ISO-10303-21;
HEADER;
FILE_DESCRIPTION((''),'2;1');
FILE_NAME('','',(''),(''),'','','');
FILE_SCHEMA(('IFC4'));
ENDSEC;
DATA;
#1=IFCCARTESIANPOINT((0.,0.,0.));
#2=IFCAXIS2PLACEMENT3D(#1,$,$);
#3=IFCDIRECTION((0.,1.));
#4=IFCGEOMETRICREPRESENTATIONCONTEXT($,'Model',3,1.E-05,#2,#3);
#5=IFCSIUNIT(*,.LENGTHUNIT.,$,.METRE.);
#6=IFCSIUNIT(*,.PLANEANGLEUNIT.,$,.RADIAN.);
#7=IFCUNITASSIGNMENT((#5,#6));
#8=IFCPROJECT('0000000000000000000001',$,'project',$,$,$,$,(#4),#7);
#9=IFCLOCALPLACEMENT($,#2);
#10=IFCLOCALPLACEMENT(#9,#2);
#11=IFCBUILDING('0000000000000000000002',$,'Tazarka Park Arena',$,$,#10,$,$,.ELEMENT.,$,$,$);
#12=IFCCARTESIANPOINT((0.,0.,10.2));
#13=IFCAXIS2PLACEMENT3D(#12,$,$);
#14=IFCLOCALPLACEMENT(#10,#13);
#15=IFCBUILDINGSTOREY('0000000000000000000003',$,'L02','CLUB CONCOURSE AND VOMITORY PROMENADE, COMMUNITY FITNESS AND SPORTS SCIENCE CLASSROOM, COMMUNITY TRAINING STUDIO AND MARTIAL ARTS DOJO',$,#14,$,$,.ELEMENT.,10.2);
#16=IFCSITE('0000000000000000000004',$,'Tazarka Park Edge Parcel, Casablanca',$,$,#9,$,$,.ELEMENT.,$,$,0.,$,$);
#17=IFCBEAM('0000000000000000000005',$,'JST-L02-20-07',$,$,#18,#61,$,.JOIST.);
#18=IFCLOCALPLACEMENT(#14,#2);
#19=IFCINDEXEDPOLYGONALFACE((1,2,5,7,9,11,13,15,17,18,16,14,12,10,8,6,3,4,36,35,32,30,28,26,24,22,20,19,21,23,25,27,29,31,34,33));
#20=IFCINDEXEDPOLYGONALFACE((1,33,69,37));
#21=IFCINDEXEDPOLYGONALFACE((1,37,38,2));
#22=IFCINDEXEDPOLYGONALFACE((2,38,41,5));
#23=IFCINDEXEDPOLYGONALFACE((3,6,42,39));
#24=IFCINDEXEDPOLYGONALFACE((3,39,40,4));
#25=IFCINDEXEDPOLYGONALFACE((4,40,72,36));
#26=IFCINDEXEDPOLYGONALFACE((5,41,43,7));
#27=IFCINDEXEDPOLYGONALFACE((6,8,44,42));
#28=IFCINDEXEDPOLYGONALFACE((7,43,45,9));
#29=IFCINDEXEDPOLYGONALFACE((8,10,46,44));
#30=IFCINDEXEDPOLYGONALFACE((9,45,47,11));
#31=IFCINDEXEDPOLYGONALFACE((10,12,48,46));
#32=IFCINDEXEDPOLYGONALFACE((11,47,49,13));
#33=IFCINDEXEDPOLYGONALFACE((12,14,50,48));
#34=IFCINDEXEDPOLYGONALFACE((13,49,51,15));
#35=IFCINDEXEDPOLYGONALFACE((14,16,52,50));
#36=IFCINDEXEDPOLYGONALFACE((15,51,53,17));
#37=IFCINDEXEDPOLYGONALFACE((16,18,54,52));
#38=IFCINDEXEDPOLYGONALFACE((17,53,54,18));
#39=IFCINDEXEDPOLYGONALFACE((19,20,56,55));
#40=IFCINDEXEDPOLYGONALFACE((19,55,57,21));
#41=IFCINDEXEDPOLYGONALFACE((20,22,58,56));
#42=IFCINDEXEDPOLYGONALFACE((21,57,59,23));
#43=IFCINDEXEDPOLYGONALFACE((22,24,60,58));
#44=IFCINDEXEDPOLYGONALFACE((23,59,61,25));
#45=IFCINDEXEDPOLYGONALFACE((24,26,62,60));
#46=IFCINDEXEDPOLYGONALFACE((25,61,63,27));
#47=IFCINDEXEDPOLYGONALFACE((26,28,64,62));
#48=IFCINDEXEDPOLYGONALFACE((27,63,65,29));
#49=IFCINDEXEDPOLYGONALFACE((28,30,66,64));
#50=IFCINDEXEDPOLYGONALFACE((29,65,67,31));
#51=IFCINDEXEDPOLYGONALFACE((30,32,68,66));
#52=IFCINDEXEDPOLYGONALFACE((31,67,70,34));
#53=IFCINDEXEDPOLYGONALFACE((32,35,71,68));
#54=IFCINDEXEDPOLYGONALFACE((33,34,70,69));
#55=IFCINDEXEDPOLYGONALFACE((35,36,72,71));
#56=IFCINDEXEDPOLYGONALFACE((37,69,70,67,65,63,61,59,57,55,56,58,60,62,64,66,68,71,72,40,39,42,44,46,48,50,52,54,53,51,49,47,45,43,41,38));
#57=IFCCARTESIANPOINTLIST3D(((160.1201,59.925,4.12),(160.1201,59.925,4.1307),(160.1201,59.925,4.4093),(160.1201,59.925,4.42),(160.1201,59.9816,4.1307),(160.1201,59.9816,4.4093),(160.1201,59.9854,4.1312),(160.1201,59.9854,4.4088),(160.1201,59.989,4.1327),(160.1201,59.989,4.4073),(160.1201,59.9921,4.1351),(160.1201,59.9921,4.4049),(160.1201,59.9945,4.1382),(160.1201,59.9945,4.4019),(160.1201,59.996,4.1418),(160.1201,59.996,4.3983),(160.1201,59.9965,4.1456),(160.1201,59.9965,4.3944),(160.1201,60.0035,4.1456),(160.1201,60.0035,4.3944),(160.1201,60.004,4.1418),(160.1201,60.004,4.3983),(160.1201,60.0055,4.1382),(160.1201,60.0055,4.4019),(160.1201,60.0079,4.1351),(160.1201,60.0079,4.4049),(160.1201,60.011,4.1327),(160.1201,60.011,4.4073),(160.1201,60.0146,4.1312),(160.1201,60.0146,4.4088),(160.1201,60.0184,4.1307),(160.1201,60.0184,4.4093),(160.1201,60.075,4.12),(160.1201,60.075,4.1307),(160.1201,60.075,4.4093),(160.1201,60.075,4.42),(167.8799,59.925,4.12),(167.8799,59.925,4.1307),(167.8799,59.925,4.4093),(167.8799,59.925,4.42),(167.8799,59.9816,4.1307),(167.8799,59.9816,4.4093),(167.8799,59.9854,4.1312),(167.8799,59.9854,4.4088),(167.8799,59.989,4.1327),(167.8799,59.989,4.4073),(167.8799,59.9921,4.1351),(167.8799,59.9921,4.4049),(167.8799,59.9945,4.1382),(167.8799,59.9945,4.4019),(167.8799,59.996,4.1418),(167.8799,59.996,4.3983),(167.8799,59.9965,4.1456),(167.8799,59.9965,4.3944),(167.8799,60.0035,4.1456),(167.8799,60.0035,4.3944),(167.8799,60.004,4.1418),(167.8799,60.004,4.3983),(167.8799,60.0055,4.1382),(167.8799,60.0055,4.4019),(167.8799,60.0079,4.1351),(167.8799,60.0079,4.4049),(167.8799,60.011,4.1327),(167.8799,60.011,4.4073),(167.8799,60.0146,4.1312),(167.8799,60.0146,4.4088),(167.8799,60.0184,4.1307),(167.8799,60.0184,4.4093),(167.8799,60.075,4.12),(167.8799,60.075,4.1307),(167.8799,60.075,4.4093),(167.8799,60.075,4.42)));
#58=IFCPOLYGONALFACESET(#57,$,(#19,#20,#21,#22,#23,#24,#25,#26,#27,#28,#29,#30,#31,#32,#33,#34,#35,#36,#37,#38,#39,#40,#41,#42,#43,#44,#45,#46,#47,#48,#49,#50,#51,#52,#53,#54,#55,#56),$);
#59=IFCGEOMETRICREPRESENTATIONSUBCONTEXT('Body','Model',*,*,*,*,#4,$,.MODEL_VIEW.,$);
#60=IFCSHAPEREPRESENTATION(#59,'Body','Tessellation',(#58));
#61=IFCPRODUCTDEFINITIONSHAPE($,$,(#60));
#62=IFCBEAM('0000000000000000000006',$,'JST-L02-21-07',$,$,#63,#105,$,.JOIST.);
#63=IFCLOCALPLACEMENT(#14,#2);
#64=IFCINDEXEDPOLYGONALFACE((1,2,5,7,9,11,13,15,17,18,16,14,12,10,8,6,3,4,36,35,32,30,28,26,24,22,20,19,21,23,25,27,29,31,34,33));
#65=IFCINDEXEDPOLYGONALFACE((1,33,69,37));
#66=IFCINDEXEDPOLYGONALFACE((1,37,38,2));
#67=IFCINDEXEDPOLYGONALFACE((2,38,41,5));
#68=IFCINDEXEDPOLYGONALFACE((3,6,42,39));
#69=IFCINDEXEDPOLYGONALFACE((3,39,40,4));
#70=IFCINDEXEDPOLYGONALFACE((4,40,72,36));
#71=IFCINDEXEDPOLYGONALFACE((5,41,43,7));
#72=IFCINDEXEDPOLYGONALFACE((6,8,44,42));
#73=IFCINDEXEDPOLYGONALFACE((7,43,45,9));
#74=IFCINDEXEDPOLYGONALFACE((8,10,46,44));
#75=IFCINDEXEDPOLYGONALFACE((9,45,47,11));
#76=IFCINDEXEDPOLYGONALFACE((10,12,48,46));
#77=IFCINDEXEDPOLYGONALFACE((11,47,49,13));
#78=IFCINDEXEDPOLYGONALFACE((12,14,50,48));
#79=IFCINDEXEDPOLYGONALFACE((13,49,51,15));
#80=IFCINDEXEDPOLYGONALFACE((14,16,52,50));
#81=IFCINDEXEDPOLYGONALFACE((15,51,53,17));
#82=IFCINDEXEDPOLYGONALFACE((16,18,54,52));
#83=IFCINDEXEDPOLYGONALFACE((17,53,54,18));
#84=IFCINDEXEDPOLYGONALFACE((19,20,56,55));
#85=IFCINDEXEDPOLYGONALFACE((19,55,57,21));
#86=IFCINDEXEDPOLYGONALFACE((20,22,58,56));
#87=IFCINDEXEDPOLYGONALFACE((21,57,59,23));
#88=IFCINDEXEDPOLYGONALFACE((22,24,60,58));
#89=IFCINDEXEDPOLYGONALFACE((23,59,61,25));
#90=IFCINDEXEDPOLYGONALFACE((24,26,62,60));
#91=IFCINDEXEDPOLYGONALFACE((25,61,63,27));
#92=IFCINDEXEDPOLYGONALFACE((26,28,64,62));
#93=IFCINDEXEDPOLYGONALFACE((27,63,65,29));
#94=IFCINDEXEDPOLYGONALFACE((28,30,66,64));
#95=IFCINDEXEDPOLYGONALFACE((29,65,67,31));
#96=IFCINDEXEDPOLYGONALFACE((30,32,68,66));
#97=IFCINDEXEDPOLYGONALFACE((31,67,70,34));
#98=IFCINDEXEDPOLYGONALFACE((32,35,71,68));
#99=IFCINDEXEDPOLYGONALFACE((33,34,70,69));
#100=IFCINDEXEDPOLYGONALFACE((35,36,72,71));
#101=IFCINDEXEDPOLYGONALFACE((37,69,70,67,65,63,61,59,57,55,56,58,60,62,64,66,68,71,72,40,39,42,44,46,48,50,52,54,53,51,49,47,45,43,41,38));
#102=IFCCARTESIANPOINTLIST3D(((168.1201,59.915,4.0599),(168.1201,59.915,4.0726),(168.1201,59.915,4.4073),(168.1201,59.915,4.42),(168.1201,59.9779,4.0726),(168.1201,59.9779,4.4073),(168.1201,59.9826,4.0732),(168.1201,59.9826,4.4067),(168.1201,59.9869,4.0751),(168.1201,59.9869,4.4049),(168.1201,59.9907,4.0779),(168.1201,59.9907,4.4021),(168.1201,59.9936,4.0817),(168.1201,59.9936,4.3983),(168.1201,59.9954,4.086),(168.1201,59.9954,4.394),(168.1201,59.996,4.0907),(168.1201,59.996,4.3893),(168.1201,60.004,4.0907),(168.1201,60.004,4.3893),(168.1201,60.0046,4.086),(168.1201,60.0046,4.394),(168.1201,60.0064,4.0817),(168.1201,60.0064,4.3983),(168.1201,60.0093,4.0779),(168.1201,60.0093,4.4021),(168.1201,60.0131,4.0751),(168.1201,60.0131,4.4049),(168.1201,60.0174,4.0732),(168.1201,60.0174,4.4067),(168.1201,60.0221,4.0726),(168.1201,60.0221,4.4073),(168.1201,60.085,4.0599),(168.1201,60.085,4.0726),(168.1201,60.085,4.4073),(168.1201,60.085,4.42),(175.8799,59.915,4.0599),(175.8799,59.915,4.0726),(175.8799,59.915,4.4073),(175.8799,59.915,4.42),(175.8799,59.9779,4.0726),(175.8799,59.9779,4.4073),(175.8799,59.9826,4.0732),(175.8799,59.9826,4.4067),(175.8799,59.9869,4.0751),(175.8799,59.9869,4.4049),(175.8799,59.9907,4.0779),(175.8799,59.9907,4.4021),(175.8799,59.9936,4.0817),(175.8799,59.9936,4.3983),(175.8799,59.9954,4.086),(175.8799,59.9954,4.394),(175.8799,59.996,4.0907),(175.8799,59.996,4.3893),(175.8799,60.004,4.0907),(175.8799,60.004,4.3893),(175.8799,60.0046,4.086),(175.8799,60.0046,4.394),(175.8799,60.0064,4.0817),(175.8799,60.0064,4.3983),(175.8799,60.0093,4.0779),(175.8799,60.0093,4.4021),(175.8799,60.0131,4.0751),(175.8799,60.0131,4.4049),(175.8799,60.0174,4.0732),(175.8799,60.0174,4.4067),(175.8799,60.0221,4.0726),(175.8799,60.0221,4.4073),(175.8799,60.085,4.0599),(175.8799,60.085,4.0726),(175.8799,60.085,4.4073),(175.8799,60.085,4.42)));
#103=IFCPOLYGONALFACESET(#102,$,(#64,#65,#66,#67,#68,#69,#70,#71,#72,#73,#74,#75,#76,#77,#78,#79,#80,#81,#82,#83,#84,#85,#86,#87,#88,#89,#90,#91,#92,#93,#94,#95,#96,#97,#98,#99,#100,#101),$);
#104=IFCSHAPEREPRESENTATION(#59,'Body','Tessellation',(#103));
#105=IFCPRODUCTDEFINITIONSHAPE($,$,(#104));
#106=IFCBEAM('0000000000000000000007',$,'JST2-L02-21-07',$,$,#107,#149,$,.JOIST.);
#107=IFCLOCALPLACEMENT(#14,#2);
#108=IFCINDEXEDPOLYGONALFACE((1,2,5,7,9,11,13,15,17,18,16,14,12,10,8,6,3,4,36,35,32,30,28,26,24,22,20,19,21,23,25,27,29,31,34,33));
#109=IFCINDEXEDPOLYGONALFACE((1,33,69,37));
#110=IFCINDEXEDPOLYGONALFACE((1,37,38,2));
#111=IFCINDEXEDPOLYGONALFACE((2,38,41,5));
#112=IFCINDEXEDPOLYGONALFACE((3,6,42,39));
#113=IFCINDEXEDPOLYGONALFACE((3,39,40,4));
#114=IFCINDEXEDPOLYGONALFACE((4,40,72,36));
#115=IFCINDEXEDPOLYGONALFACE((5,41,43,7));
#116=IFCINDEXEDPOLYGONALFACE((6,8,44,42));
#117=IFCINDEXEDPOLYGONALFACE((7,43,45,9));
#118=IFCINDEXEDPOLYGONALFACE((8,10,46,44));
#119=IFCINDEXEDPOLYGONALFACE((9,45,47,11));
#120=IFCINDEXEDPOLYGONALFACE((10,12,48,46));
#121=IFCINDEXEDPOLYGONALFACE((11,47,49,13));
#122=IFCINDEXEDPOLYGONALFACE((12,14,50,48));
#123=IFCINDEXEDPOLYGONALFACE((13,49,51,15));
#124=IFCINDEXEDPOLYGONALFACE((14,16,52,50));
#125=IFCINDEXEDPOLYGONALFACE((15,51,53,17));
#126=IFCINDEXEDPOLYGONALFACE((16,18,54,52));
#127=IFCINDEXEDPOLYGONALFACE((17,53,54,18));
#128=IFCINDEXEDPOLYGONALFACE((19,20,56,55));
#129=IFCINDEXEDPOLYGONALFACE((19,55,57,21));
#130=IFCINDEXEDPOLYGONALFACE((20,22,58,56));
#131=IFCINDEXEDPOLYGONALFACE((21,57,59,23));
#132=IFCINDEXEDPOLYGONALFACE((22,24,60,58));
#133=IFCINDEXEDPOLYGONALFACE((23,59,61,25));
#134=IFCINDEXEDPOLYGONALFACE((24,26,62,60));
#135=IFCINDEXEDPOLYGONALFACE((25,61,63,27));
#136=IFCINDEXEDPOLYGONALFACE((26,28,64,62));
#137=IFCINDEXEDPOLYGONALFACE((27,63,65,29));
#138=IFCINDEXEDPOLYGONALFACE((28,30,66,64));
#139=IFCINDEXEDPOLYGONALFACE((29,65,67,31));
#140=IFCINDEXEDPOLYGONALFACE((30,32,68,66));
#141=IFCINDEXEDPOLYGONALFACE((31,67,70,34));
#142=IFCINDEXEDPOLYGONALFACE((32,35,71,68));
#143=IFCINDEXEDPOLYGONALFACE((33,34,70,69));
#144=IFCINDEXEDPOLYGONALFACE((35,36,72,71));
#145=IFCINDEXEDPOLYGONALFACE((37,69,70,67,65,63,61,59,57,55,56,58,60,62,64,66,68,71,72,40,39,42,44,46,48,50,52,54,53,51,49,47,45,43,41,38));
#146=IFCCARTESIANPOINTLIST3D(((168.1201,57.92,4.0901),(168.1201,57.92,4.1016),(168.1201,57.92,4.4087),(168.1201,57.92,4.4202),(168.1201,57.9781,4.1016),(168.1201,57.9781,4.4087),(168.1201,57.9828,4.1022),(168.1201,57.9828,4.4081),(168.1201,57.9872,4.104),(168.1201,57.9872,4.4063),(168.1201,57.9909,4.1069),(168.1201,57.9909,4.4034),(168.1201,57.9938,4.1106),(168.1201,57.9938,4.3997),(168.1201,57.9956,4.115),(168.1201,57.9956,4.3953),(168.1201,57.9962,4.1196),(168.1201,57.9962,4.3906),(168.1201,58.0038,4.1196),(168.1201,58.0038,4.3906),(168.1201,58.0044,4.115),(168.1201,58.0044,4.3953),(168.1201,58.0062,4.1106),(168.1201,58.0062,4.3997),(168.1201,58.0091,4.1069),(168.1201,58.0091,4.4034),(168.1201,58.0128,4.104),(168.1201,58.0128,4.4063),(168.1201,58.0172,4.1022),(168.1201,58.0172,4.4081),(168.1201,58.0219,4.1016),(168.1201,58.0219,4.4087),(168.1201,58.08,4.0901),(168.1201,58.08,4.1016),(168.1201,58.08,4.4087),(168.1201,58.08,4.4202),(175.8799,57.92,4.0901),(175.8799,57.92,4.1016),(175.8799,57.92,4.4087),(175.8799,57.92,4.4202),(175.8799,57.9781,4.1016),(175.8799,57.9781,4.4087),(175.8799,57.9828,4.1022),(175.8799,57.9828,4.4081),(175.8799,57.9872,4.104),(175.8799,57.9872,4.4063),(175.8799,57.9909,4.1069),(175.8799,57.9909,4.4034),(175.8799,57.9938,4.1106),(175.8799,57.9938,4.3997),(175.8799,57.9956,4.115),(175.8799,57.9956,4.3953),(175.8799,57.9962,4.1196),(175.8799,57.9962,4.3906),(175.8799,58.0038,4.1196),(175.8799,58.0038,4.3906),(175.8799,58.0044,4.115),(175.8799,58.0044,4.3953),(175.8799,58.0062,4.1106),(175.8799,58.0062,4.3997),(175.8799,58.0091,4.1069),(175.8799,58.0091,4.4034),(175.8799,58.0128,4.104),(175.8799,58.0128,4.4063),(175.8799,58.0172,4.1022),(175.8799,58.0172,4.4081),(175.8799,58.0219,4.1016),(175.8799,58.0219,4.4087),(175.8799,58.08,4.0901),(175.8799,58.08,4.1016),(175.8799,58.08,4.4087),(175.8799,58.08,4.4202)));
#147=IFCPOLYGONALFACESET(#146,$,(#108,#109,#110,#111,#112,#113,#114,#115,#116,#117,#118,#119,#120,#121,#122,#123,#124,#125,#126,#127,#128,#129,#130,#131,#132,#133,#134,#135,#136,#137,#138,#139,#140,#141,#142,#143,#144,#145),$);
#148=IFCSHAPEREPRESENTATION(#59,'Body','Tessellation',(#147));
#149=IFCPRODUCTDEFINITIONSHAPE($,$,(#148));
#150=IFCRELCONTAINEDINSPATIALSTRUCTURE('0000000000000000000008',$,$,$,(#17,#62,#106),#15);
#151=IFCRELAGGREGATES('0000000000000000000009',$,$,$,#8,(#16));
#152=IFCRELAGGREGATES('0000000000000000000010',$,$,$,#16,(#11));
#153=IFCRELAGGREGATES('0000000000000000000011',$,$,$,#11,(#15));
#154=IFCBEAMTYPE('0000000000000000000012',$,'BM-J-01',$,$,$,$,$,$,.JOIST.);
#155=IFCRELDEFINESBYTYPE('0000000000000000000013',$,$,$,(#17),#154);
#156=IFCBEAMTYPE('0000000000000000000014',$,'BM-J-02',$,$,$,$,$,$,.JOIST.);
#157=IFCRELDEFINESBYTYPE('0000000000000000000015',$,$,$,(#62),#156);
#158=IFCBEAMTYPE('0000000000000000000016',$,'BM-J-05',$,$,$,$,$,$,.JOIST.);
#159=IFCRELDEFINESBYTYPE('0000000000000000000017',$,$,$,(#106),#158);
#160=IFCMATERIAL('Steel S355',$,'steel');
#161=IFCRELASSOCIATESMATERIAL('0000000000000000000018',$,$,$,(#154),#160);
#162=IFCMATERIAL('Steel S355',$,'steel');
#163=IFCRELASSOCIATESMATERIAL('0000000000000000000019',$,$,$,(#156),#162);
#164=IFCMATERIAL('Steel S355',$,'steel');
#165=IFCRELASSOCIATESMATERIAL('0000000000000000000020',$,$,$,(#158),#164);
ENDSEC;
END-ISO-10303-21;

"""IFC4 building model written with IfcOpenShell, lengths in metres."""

from ifc_helpers import new_model, si_unit, direction, frame, origin, origin_2d, place, context, subcontext, project, spatial, i_section, extrude, material, material_profile, profile_set, type_object, element, save


model = new_model("IFC4")

# Units and contexts
model_context = context("Model", 3, precision=1e-05, world=origin(), true_north=direction((0.0, 1.0)))
body_context = subcontext(model_context, "Body", "Model", "MODEL_VIEW")
ifc_project = project(units=[si_unit("LENGTHUNIT", "METRE"), si_unit("PLANEANGLEUNIT", "RADIAN")], contexts=[model_context])

# Site, building, storey
site_placement = place(None, origin())
site = spatial("IfcSite", under=ifc_project, at=site_placement, Name="Tazarka Park Edge Parcel, Casablanca", CompositionType="ELEMENT", RefElevation=0.0)
building_placement = place(site_placement, origin())
building = spatial("IfcBuilding", under=site, at=building_placement, Name="Tazarka Park Arena", CompositionType="ELEMENT")
storey_placement = place(building_placement, frame((0.0, 0.0, 10.2)))
storey = spatial("IfcBuildingStorey", under=building, at=storey_placement, Name="L02", Description="CLUB CONCOURSE AND VOMITORY PROMENADE, COMMUNITY FITNESS AND SPORTS SCIENCE CLASSROOM, COMMUNITY TRAINING STUDIO AND MARTIAL ARTS DOJO", CompositionType="ELEMENT", Elevation=10.2)

# Beams
ifc_material_1 = material(Name="Steel S355", Category="steel")
ifc_material_profile_1 = material_profile(ifc_material_1, i_section(OverallWidth=0.1499, OverallDepth=0.3, WebThickness=0.0071, FlangeThickness=0.0107, FilletRadius=0.0149, at=origin_2d()), Name="Steel S355")
ifc_profile_set_1 = profile_set([ifc_material_profile_1], Name="Steel S355")
beam_type_1 = type_object("IfcBeamType", Name="BM-J-01", PredefinedType="JOIST", material=ifc_profile_set_1)
beam_1_placement = place(storey_placement, frame((160.1201, 60.0, 4.27), z_axis=(1.0, 0.0, 0.0), x_axis=(0.0, 1.0, 0.0)))
element("IfcBeam", 1, at=beam_1_placement, inside=storey, type_object=beam_type_1, Name="JST-L02-20-07", PredefinedType="JOIST", context=body_context, shape_type="SweptSolid", body=[
    extrude(i_section(OverallWidth=0.1499, OverallDepth=0.3, WebThickness=0.0071, FlangeThickness=0.0107, FilletRadius=0.0149, at=origin_2d()), origin(), (0.0, 0.0, 1.0), 7.7598),
])
ifc_material_2 = material(Name="Steel S355", Category="steel")
ifc_material_profile_2 = material_profile(ifc_material_2, i_section(OverallWidth=0.1699, OverallDepth=0.3601, WebThickness=0.0081, FlangeThickness=0.0127, FilletRadius=0.0181, at=origin_2d()), Name="Steel S355")
ifc_profile_set_2 = profile_set([ifc_material_profile_2], Name="Steel S355")
beam_type_2 = type_object("IfcBeamType", Name="BM-J-02", PredefinedType="JOIST", material=ifc_profile_set_2)
beam_2_placement = place(storey_placement, frame((168.1201, 60.0, 4.24), z_axis=(1.0, 0.0, 0.0), x_axis=(0.0, 1.0, 0.0)))
element("IfcBeam", 2, at=beam_2_placement, inside=storey, type_object=beam_type_2, Name="JST-L02-21-07", PredefinedType="JOIST", context=body_context, shape_type="SweptSolid", body=[
    extrude(i_section(OverallWidth=0.1699, OverallDepth=0.3601, WebThickness=0.0081, FlangeThickness=0.0127, FilletRadius=0.0181, at=origin_2d()), origin(), (0.0, 0.0, 1.0), 7.7598),
])
ifc_material_3 = material(Name="Steel S355", Category="steel")
ifc_material_profile_3 = material_profile(ifc_material_3, i_section(OverallWidth=0.1599, OverallDepth=0.3301, WebThickness=0.0076, FlangeThickness=0.0115, FilletRadius=0.0181, at=origin_2d()), Name="Steel S355")
ifc_profile_set_3 = profile_set([ifc_material_profile_3], Name="Steel S355")
beam_type_3 = type_object("IfcBeamType", Name="BM-J-05", PredefinedType="JOIST", material=ifc_profile_set_3)
beam_3_placement = place(storey_placement, frame((168.1201, 58.0, 4.2551), z_axis=(1.0, 0.0, 0.0), x_axis=(0.0, 1.0, 0.0)))
element("IfcBeam", 3, at=beam_3_placement, inside=storey, type_object=beam_type_3, Name="JST2-L02-21-07", PredefinedType="JOIST", context=body_context, shape_type="SweptSolid", body=[
    extrude(i_section(OverallWidth=0.1599, OverallDepth=0.3301, WebThickness=0.0076, FlangeThickness=0.0115, FilletRadius=0.0181, at=origin_2d()), origin(), (0.0, 0.0, 1.0), 7.7598),
])

save(model, "model.ifc")
